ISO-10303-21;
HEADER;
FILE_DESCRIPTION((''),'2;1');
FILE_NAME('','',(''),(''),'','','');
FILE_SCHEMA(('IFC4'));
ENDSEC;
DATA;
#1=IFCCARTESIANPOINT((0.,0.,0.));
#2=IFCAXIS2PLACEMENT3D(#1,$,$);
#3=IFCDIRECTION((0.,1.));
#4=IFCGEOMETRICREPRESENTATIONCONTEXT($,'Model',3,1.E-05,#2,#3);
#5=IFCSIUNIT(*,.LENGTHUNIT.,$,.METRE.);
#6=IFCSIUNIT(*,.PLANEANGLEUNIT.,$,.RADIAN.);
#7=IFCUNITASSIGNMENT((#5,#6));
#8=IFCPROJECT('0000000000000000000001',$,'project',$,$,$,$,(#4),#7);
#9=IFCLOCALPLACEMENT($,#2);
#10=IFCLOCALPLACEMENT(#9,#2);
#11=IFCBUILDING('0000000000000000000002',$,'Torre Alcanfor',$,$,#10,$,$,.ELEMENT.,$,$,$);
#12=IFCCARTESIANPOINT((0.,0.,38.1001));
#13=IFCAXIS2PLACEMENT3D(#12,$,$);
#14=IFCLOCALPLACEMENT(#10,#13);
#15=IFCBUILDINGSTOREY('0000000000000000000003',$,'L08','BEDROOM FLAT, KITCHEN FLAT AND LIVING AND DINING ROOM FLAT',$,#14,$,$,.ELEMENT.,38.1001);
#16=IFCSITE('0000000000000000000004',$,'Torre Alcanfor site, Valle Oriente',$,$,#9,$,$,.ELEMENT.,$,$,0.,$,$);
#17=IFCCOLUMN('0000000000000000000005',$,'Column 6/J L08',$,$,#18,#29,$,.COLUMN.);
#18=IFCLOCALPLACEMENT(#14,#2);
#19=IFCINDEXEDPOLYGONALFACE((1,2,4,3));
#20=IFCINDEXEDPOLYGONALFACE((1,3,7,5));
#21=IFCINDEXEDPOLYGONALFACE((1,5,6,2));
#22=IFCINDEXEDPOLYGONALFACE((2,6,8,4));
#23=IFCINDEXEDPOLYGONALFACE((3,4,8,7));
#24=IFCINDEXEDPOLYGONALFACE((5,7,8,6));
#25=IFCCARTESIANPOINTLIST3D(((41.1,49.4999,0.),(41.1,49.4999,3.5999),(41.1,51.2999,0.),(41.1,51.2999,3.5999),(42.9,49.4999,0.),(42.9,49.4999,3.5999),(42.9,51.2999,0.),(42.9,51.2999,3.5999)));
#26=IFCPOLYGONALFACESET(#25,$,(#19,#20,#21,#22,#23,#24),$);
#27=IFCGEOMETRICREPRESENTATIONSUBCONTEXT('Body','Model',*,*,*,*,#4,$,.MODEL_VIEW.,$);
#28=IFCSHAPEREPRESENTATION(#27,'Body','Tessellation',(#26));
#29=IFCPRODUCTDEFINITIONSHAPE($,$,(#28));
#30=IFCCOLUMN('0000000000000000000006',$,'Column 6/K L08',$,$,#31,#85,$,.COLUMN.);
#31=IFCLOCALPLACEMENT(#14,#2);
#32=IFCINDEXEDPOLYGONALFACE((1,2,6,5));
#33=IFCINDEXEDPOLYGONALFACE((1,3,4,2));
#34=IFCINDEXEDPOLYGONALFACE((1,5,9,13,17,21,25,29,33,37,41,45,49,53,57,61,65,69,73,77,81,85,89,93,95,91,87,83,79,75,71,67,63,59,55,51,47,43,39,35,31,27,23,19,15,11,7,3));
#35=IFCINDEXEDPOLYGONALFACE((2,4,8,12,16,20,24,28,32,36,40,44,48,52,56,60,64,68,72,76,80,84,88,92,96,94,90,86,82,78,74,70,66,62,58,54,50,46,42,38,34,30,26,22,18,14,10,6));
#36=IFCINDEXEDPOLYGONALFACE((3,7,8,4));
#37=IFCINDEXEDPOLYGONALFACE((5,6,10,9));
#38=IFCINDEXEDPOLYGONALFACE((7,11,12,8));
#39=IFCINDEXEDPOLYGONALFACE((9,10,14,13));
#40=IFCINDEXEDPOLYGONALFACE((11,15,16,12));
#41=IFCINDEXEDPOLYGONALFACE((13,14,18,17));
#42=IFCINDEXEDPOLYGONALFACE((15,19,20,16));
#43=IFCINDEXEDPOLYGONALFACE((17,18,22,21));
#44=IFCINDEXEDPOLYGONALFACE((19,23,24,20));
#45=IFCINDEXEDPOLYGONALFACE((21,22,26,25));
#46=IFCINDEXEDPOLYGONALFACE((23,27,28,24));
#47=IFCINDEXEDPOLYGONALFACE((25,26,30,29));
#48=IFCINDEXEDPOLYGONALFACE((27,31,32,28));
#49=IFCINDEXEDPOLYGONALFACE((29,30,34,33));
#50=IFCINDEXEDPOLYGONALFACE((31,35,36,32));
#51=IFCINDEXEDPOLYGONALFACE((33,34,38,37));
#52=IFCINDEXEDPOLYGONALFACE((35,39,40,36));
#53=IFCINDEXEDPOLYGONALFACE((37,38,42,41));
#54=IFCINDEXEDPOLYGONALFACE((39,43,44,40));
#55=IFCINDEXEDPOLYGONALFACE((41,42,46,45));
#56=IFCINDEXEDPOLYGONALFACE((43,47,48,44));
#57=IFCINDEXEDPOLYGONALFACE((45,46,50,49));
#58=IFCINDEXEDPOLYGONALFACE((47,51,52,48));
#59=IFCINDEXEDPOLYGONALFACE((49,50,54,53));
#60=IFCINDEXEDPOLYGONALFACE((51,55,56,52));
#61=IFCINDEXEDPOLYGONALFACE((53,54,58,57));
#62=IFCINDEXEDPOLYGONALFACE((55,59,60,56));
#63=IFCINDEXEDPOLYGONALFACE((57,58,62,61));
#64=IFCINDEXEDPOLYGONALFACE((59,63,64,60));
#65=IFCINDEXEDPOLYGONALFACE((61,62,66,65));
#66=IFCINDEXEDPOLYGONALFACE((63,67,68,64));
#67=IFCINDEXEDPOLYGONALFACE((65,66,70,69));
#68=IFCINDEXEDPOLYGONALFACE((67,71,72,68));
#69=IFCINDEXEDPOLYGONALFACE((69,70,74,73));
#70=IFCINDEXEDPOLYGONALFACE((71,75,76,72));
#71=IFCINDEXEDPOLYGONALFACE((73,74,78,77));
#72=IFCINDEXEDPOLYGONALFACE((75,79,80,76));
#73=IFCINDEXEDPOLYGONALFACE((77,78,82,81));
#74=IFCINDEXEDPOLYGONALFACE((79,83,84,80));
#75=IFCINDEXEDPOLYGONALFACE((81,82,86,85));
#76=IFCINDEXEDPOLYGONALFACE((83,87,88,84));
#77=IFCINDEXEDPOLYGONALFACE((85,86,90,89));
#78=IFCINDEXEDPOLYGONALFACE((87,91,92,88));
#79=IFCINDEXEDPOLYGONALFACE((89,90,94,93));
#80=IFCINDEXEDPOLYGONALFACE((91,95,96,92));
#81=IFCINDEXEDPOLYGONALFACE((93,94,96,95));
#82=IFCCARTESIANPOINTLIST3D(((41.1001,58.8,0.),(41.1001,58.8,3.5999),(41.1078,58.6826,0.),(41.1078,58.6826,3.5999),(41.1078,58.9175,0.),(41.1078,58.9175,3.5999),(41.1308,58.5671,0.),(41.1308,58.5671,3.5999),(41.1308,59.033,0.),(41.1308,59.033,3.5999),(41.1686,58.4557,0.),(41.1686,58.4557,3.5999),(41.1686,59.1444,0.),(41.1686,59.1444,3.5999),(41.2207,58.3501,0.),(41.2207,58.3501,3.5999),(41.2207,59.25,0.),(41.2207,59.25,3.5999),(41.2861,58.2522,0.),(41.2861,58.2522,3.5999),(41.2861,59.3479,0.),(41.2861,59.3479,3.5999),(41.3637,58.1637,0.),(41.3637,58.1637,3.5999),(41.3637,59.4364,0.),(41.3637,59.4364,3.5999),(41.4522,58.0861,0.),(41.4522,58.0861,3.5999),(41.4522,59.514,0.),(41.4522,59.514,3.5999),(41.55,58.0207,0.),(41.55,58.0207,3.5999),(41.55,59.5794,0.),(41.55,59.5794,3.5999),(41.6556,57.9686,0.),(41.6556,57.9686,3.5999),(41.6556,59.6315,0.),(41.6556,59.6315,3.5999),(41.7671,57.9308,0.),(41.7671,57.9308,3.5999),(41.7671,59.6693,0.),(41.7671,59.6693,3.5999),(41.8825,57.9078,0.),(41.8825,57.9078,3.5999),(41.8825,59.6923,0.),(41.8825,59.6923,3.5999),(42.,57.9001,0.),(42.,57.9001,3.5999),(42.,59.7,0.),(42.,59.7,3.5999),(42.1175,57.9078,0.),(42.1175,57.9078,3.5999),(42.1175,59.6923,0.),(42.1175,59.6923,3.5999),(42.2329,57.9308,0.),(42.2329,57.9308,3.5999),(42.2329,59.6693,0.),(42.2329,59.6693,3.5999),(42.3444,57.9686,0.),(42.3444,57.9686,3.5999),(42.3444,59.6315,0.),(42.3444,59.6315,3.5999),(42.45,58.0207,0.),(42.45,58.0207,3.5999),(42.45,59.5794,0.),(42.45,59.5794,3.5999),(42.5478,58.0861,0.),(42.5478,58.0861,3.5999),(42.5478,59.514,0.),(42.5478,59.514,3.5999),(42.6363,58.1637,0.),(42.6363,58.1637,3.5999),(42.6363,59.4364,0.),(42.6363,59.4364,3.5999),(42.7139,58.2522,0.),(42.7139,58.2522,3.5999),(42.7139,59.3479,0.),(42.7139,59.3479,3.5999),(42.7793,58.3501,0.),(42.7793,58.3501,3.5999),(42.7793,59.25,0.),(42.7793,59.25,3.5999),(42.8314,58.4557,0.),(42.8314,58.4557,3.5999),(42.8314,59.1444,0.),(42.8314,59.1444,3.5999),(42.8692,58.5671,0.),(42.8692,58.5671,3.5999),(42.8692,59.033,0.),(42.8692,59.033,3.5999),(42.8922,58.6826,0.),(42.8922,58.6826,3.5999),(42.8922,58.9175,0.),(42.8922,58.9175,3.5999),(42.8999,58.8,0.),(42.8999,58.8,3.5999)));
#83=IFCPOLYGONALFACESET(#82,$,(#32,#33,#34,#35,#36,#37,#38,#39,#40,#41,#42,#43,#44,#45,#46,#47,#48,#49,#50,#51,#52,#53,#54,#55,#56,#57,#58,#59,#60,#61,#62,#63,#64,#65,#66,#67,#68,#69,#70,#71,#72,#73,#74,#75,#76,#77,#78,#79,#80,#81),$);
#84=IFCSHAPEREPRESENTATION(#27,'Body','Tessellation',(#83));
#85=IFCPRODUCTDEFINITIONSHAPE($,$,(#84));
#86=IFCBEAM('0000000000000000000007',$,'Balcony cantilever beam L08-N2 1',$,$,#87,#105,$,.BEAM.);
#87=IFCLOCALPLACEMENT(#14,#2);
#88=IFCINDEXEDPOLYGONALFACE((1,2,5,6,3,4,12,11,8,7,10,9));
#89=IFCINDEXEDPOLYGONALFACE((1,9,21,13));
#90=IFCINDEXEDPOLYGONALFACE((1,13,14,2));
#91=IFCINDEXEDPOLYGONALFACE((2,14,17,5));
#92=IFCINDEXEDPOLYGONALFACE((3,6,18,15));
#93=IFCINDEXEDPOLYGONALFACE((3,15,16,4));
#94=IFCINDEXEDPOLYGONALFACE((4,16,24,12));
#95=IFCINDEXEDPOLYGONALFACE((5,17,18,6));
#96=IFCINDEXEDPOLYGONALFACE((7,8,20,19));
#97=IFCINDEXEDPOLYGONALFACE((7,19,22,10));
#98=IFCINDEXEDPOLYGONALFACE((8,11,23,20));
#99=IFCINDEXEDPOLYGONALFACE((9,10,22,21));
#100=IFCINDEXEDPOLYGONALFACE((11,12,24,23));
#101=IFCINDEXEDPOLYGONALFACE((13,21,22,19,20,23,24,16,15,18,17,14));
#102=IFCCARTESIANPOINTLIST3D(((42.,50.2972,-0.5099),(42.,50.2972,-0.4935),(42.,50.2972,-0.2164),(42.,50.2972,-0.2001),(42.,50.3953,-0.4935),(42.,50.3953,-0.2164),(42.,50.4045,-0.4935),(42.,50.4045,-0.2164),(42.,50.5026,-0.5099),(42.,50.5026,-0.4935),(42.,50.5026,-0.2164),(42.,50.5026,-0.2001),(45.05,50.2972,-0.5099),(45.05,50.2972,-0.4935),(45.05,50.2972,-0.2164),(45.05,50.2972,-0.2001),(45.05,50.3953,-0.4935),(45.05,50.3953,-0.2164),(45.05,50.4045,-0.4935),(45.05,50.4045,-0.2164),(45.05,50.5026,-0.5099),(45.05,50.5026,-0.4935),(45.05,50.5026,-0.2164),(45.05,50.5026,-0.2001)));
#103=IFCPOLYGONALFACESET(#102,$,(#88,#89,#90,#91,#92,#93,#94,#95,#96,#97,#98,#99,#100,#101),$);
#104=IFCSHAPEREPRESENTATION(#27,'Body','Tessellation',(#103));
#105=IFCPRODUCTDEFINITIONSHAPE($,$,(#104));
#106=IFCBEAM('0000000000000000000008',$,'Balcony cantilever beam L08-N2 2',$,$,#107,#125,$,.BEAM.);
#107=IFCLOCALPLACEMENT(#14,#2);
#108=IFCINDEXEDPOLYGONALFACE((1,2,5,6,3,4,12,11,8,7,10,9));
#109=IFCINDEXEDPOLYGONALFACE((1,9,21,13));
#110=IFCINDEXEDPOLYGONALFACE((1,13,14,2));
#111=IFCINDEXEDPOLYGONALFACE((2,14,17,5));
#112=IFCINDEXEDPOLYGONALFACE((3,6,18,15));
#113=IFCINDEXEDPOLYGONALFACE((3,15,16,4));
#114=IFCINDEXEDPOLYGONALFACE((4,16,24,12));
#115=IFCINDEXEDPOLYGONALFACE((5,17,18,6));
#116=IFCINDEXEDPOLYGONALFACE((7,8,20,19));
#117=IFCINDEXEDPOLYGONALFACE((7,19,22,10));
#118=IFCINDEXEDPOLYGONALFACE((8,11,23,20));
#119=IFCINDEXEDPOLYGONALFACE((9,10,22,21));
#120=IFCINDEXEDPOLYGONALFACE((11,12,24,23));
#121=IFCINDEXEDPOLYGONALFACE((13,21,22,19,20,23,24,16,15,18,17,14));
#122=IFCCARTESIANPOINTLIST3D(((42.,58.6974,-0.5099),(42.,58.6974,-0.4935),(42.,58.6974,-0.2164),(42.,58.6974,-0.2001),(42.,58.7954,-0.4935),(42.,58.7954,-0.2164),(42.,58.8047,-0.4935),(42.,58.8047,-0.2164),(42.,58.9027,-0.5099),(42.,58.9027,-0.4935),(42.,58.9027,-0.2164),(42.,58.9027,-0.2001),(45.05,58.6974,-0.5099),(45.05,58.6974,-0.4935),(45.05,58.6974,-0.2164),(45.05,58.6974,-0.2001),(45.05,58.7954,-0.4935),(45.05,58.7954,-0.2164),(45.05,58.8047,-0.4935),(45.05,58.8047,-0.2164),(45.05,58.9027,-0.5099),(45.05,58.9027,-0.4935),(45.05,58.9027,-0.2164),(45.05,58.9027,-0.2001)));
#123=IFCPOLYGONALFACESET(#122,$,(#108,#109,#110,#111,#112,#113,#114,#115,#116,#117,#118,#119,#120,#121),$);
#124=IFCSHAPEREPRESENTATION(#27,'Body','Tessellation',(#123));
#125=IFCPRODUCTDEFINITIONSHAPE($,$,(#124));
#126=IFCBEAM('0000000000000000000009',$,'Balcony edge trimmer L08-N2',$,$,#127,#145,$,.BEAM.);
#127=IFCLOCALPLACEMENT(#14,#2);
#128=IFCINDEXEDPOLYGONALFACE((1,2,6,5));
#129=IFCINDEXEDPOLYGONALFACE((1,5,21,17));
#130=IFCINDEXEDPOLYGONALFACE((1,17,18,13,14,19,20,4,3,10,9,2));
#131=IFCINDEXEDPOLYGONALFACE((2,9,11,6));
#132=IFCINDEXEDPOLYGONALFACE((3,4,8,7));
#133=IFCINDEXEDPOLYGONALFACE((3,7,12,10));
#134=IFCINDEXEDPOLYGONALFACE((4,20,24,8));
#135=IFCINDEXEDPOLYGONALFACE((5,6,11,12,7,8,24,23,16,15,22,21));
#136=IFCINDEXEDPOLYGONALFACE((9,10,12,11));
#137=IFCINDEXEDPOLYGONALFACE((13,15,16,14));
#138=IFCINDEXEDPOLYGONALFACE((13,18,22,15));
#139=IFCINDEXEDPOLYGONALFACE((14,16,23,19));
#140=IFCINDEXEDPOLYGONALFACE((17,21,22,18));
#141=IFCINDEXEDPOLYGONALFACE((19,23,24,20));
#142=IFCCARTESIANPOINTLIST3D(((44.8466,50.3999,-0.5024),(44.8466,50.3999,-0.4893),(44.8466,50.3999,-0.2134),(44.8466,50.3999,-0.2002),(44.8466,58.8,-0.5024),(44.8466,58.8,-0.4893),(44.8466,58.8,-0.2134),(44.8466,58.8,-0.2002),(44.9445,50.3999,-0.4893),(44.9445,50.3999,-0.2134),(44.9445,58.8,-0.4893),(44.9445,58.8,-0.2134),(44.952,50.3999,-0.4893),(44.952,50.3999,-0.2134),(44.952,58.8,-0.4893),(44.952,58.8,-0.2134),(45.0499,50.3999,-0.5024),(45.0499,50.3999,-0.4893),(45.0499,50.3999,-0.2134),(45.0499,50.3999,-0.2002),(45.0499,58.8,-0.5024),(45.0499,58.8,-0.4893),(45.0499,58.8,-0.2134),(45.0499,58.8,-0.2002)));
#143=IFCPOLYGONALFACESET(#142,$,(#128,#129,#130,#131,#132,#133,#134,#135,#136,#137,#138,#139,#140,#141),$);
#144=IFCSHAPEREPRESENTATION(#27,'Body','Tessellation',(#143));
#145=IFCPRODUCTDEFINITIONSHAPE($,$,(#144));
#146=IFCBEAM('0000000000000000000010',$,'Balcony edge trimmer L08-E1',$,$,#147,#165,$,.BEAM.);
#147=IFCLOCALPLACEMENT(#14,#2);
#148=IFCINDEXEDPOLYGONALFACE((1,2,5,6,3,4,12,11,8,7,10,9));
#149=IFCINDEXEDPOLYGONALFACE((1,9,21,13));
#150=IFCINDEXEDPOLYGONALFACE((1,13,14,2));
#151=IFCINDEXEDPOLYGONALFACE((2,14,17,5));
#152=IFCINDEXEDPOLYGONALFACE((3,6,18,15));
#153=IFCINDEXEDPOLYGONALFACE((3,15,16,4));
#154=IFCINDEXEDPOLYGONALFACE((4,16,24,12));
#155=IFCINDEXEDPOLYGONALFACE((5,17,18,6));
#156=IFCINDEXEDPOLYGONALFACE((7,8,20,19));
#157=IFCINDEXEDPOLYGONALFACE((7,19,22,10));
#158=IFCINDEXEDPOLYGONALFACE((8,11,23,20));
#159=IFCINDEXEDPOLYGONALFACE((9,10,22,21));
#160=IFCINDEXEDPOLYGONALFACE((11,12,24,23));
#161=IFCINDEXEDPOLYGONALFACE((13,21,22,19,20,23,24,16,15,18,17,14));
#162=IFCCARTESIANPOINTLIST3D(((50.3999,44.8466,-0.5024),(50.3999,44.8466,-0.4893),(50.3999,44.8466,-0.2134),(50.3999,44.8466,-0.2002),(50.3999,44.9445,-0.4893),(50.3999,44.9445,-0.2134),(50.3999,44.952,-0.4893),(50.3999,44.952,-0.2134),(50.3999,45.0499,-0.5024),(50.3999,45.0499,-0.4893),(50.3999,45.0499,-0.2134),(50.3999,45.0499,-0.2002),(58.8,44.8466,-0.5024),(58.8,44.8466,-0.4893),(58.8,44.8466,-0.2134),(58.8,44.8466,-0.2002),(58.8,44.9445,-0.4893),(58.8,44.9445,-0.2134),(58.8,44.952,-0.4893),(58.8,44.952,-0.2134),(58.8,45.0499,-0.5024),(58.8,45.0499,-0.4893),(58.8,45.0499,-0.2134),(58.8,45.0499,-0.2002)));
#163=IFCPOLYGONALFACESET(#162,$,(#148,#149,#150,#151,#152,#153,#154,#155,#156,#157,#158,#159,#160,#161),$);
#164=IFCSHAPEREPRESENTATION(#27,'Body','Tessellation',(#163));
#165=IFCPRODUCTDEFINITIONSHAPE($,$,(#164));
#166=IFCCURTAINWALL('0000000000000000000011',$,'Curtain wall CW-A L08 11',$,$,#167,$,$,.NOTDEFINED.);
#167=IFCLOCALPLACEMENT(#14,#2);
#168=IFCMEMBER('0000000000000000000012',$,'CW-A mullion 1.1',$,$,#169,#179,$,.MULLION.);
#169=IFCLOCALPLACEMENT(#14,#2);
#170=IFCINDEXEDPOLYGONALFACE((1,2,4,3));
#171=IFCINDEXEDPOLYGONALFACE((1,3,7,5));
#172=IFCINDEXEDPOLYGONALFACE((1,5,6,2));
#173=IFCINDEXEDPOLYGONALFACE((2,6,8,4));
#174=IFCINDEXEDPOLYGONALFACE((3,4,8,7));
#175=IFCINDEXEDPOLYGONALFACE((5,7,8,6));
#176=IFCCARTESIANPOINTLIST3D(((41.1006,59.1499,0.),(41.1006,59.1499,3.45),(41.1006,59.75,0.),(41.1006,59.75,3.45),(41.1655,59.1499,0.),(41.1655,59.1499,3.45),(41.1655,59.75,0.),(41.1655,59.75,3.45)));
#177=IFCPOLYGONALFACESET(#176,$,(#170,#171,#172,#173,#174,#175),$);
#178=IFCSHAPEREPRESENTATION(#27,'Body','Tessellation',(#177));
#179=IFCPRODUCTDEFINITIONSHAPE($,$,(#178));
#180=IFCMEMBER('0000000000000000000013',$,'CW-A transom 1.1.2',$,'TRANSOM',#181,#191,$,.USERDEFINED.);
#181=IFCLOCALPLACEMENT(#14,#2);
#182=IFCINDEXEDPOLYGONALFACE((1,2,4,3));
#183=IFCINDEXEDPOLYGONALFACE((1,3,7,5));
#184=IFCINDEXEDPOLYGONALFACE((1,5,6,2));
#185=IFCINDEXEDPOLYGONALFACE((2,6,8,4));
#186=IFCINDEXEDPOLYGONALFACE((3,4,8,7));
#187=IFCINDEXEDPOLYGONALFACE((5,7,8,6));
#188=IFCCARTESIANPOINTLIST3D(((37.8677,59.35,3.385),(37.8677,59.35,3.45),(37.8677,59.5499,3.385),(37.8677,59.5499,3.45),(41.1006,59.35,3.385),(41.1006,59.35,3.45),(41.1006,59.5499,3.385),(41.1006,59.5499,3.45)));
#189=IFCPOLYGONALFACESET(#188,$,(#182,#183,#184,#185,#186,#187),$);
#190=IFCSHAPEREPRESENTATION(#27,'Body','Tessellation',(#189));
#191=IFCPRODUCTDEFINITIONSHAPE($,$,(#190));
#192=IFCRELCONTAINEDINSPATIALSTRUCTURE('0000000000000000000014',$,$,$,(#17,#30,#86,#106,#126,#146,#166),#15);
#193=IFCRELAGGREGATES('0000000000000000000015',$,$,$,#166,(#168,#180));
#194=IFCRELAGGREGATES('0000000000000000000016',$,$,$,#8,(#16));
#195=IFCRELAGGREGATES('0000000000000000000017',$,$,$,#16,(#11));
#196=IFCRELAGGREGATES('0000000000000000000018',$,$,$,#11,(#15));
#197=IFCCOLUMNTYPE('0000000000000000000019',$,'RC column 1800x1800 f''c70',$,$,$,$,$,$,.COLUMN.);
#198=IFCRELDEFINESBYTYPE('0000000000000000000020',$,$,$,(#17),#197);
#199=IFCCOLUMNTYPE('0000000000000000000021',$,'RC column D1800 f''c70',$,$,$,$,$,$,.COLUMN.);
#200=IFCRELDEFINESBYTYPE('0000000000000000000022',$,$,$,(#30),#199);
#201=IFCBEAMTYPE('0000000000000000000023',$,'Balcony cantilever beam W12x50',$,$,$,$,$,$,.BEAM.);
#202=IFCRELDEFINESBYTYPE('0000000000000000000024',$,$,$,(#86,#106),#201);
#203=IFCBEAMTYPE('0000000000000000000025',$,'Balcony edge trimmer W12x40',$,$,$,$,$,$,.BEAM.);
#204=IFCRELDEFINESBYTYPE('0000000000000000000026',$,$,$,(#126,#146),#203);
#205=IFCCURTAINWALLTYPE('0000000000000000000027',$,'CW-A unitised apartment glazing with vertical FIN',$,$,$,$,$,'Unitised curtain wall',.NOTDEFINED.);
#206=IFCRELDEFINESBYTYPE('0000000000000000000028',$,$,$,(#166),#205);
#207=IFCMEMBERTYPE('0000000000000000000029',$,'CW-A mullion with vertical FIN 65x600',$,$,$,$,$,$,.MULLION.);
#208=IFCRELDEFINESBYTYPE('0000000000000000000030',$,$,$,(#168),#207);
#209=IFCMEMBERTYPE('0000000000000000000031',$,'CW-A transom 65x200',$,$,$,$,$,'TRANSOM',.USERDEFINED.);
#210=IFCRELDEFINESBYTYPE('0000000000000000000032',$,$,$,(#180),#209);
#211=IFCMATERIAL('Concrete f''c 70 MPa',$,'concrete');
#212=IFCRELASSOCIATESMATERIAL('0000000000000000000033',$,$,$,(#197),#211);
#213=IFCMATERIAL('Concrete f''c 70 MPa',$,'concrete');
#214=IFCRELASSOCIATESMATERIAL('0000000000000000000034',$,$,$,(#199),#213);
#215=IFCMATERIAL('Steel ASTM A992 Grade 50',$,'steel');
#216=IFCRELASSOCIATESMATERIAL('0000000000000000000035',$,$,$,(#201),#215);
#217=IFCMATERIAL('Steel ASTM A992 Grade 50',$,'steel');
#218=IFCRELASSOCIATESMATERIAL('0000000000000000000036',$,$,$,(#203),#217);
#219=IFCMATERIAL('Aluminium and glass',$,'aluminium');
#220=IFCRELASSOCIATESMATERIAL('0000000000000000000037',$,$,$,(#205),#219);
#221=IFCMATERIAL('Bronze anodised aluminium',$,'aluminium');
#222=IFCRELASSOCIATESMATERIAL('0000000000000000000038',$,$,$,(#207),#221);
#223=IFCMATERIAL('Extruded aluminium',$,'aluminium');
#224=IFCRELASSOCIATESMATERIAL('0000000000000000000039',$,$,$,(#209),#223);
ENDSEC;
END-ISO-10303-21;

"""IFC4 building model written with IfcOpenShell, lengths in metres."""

from ifc_helpers import new_model, si_unit, direction, frame, origin, origin_2d, place, context, subcontext, project, spatial, rectangle, circle, i_section, extrude, material, material_profile, profile_set, type_object, element, aggregate, save


model = new_model("IFC4")

# Units and contexts
model_context = context("Model", 3, precision=1e-05, world=origin(), true_north=direction((0.0, 1.0)))
body_context = subcontext(model_context, "Body", "Model", "MODEL_VIEW")
ifc_project = project(units=[si_unit("LENGTHUNIT", "METRE"), si_unit("PLANEANGLEUNIT", "RADIAN")], contexts=[model_context])

# Site, building, storey
site_placement = place(None, origin())
site = spatial("IfcSite", under=ifc_project, at=site_placement, Name="Torre Alcanfor site, Valle Oriente", CompositionType="ELEMENT", RefElevation=0.0)
building_placement = place(site_placement, origin())
building = spatial("IfcBuilding", under=site, at=building_placement, Name="Torre Alcanfor", CompositionType="ELEMENT")
storey_placement = place(building_placement, frame((0.0, 0.0, 38.1001)))
storey = spatial("IfcBuildingStorey", under=building, at=storey_placement, Name="L08", Description="BEDROOM FLAT, KITCHEN FLAT AND LIVING AND DINING ROOM FLAT", CompositionType="ELEMENT", Elevation=38.1001)

# Columns
ifc_material_1 = material(Name="Concrete f'c 70 MPa", Category="concrete")
ifc_material_profile_1 = material_profile(ifc_material_1, rectangle(XDim=1.8, YDim=1.8, at=origin_2d()), Name="1800x1800")
ifc_profile_set_1 = profile_set([ifc_material_profile_1], Name="Concrete f'c 70 MPa")
column_type_1 = type_object("IfcColumnType", Name="RC column 1800x1800 f'c70", PredefinedType="COLUMN", material=ifc_profile_set_1)
column_1_placement = place(storey_placement, frame((42.0, 50.3999, 0.0), z_axis=(0.0, 0.0, 1.0), x_axis=(1.0, 0.0, 0.0)))
element("IfcColumn", 1, at=column_1_placement, inside=storey, type_object=column_type_1, Name="Column 6/J L08", PredefinedType="COLUMN", context=body_context, shape_type="SweptSolid", body=[
    extrude(rectangle(XDim=1.8, YDim=1.8, at=origin_2d()), origin(), (0.0, 0.0, 1.0), 3.5999),
])
ifc_material_2 = material(Name="Concrete f'c 70 MPa", Category="concrete")
ifc_material_profile_2 = material_profile(ifc_material_2, circle(Radius=0.8999, at=origin_2d()), Name="D1800")
ifc_profile_set_2 = profile_set([ifc_material_profile_2], Name="Concrete f'c 70 MPa")
column_type_2 = type_object("IfcColumnType", Name="RC column D1800 f'c70", PredefinedType="COLUMN", material=ifc_profile_set_2)
column_2_placement = place(storey_placement, frame((42.0, 58.8, 0.0), z_axis=(0.0, 0.0, 1.0), x_axis=(1.0, 0.0, 0.0)))
element("IfcColumn", 2, at=column_2_placement, inside=storey, type_object=column_type_2, Name="Column 6/K L08", PredefinedType="COLUMN", context=body_context, shape_type="SweptSolid", body=[
    extrude(circle(Radius=0.8999, at=origin_2d()), origin(), (0.0, 0.0, 1.0), 3.5999),
])

# Beams
ifc_material_3 = material(Name="Steel ASTM A992 Grade 50", Category="steel")
ifc_material_profile_3 = material_profile(ifc_material_3, i_section(OverallWidth=0.2053, OverallDepth=0.3098, WebThickness=0.0093, FlangeThickness=0.0164, at=origin_2d()), Name="W12x50")
ifc_profile_set_3 = profile_set([ifc_material_profile_3], Name="Steel ASTM A992 Grade 50")
beam_type_1 = type_object("IfcBeamType", Name="Balcony cantilever beam W12x50", PredefinedType="BEAM", material=ifc_profile_set_3)
for number, where, z_axis, x_axis, name in (
    (3, (42.0, 50.3999, -0.355), (1.0, 0.0, 0.0), (0.0, 1.0, 0.0), "Balcony cantilever beam L08-N2 1"),
    (4, (42.0, 58.8, -0.355), (1.0, 0.0, 0.0), (0.0, 1.0, 0.0), "Balcony cantilever beam L08-N2 2"),
):
    element("IfcBeam", number, at=place(storey_placement, frame(where, z_axis=z_axis, x_axis=x_axis)), inside=storey, type_object=beam_type_1, Name=name, PredefinedType="BEAM", context=body_context, shape_type="SweptSolid", body=[
        extrude(i_section(OverallWidth=0.2053, OverallDepth=0.3098, WebThickness=0.0093, FlangeThickness=0.0164, at=origin_2d()), origin(), (0.0, 0.0, 1.0), 3.05),
    ])
ifc_material_4 = material(Name="Steel ASTM A992 Grade 50", Category="steel")
ifc_material_profile_4 = material_profile(ifc_material_4, i_section(OverallWidth=0.2034, OverallDepth=0.3022, WebThickness=0.0076, FlangeThickness=0.0132, at=origin_2d()), Name="W12x40")
ifc_profile_set_4 = profile_set([ifc_material_profile_4], Name="Steel ASTM A992 Grade 50")
beam_type_2 = type_object("IfcBeamType", Name="Balcony edge trimmer W12x40", PredefinedType="BEAM", material=ifc_profile_set_4)
for number, where, z_axis, x_axis, name in (
    (5, (44.9482, 50.3999, -0.3513), (0.0, 1.0, 0.0), (-1.0, 0.0, 0.0), "Balcony edge trimmer L08-N2"),
    (6, (50.3999, 44.9482, -0.3513), (1.0, 0.0, 0.0), (0.0, 1.0, 0.0), "Balcony edge trimmer L08-E1"),
):
    element("IfcBeam", number, at=place(storey_placement, frame(where, z_axis=z_axis, x_axis=x_axis)), inside=storey, type_object=beam_type_2, Name=name, PredefinedType="BEAM", context=body_context, shape_type="SweptSolid", body=[
        extrude(i_section(OverallWidth=0.2034, OverallDepth=0.3022, WebThickness=0.0076, FlangeThickness=0.0132, at=origin_2d()), origin(), (0.0, 0.0, 1.0), 8.4001),
    ])

# Curtain wall, members
ifc_material_5 = material(Name="Aluminium and glass", Category="aluminium")
curtain_wall_type = type_object("IfcCurtainWallType", Name="CW-A unitised apartment glazing with vertical FIN", ElementType="Unitised curtain wall", PredefinedType="NOTDEFINED", material=ifc_material_5)
curtain_wall_placement = place(storey_placement, origin())
curtain_wall = element("IfcCurtainWall", 7, at=curtain_wall_placement, inside=storey, type_object=curtain_wall_type, Name="Curtain wall CW-A L08 11", PredefinedType="NOTDEFINED")
ifc_material_6 = material(Name="Bronze anodised aluminium", Category="aluminium")
ifc_material_profile_5 = material_profile(ifc_material_6, rectangle(XDim=0.6001, YDim=0.0649, at=origin_2d()), Name="CW-A mullion 65x600")
ifc_profile_set_5 = profile_set([ifc_material_profile_5], Name="Bronze anodised aluminium")
member_type_1 = type_object("IfcMemberType", Name="CW-A mullion with vertical FIN 65x600", PredefinedType="MULLION", material=ifc_profile_set_5)
member_1_placement = place(storey_placement, frame((41.1331, 59.45, 0.0), z_axis=(0.0, 0.0, 1.0), x_axis=(0.0, -1.0, 0.0)))
member_1 = element("IfcMember", 8, at=member_1_placement, type_object=member_type_1, Name="CW-A mullion 1.1", PredefinedType="MULLION", context=body_context, shape_type="SweptSolid", body=[
    extrude(rectangle(XDim=0.6001, YDim=0.0649, at=origin_2d()), origin(), (0.0, 0.0, 1.0), 3.45),
])
ifc_material_7 = material(Name="Extruded aluminium", Category="aluminium")
ifc_material_profile_6 = material_profile(ifc_material_7, rectangle(XDim=0.2, YDim=0.0649, at=origin_2d()), Name="CW-A transom 200x65")
ifc_profile_set_6 = profile_set([ifc_material_profile_6], Name="Extruded aluminium")
member_type_2 = type_object("IfcMemberType", Name="CW-A transom 65x200", ElementType="TRANSOM", PredefinedType="USERDEFINED", material=ifc_profile_set_6)
member_2_placement = place(storey_placement, frame((41.1006, 59.45, 3.4175), z_axis=(-1.0, 0.0, 0.0), x_axis=(0.0, -1.0, 0.0)))
member_2 = element("IfcMember", 9, at=member_2_placement, type_object=member_type_2, Name="CW-A transom 1.1.2", ObjectType="TRANSOM", PredefinedType="USERDEFINED", context=body_context, shape_type="SweptSolid", body=[
    extrude(rectangle(XDim=0.2, YDim=0.0649, at=origin_2d()), origin(), (0.0, 0.0, 1.0), 3.2329),
])

aggregate(curtain_wall, [member_1, member_2])

save(model, "model.ifc")
